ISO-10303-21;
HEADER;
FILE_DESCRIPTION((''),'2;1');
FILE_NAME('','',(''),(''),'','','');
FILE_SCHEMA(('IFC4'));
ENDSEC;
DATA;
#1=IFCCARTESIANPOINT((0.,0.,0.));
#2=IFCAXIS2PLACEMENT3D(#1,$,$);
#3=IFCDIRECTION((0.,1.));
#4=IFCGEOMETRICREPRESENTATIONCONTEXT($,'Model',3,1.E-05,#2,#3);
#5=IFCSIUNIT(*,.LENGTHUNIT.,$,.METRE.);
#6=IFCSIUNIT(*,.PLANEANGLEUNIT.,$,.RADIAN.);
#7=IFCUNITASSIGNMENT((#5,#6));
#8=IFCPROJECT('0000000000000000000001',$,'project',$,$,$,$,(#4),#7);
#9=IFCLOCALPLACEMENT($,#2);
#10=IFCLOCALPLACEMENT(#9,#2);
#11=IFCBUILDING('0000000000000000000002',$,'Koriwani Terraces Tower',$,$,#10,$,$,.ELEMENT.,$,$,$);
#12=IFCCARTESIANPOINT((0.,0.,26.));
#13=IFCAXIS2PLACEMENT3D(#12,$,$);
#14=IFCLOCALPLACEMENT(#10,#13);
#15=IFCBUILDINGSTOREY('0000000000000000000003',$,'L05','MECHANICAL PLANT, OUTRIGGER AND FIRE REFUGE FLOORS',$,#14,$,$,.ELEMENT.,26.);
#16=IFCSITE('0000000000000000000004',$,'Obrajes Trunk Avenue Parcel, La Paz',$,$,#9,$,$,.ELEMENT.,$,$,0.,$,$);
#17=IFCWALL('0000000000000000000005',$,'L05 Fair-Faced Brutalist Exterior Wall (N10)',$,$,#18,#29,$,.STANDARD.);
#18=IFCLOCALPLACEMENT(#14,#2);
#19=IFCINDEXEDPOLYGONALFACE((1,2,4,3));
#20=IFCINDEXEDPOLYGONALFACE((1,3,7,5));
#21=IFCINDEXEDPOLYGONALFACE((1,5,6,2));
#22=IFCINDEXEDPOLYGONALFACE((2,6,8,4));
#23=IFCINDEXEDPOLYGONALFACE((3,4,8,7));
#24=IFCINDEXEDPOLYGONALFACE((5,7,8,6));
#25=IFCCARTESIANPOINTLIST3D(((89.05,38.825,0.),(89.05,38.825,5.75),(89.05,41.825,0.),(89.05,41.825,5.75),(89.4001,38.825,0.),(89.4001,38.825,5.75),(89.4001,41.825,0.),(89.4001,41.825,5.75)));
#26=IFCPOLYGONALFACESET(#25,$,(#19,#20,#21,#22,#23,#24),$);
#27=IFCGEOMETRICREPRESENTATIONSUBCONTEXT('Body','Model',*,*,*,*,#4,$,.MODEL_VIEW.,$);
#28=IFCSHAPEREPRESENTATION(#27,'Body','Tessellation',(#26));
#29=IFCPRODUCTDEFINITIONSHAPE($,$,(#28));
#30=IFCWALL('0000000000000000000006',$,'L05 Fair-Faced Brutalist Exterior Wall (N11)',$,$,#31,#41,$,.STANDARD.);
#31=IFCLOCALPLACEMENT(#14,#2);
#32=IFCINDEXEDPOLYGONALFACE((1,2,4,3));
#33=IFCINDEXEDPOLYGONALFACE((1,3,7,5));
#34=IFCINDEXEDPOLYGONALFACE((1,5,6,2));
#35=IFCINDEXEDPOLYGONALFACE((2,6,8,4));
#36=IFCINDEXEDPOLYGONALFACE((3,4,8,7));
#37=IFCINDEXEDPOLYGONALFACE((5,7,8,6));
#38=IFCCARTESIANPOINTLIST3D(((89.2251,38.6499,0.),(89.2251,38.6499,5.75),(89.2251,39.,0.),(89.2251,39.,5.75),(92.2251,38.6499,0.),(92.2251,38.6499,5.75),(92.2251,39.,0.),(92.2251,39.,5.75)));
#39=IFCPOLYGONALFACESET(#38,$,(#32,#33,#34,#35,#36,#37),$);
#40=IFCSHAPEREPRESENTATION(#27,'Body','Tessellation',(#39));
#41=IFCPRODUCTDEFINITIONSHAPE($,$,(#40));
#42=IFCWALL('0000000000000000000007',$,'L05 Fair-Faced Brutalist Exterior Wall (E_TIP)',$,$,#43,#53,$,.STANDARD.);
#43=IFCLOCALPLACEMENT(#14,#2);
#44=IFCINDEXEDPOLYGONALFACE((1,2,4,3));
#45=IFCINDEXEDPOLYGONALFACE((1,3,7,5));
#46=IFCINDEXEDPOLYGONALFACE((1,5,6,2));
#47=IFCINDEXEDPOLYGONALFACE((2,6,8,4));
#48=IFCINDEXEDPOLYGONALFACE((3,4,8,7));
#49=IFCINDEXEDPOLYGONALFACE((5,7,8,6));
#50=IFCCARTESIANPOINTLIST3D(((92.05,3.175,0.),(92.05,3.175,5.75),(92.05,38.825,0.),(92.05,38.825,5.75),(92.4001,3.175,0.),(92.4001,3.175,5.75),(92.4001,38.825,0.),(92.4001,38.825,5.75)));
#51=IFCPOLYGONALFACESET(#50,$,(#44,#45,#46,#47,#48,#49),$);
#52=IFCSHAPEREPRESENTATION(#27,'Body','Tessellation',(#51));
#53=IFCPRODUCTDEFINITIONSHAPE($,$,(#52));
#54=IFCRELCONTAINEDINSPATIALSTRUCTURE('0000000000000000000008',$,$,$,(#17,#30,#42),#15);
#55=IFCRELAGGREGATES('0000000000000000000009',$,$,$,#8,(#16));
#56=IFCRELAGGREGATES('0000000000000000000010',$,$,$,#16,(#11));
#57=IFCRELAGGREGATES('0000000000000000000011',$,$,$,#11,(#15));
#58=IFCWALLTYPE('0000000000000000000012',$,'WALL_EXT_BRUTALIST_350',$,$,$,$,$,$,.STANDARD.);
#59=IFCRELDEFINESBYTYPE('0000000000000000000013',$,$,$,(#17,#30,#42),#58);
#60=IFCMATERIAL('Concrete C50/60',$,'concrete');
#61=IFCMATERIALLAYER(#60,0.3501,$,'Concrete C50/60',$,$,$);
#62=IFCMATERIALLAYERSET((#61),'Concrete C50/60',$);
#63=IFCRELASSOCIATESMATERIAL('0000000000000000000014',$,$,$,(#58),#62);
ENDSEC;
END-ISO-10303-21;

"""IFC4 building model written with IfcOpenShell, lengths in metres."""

from ifc_helpers import new_model, si_unit, direction, frame, frame_2d, origin, place, context, subcontext, project, spatial, rectangle, extrude, material, layer, layer_set, type_object, element, save


model = new_model("IFC4")

# Units and contexts
model_context = context("Model", 3, precision=1e-05, world=origin(), true_north=direction((0.0, 1.0)))
body_context = subcontext(model_context, "Body", "Model", "MODEL_VIEW")
ifc_project = project(units=[si_unit("LENGTHUNIT", "METRE"), si_unit("PLANEANGLEUNIT", "RADIAN")], contexts=[model_context])

# Site, building, storey
site_placement = place(None, origin())
site = spatial("IfcSite", under=ifc_project, at=site_placement, Name="Obrajes Trunk Avenue Parcel, La Paz", CompositionType="ELEMENT", RefElevation=0.0)
building_placement = place(site_placement, origin())
building = spatial("IfcBuilding", under=site, at=building_placement, Name="Koriwani Terraces Tower", CompositionType="ELEMENT")
storey_placement = place(building_placement, frame((0.0, 0.0, 26.0)))
storey = spatial("IfcBuildingStorey", under=building, at=storey_placement, Name="L05", Description="MECHANICAL PLANT, OUTRIGGER AND FIRE REFUGE FLOORS", CompositionType="ELEMENT", Elevation=26.0)

# Walls
ifc_material_1 = material(Name="Concrete C50/60", Category="concrete")
ifc_layer = layer(ifc_material_1, 0.3501, Name="Concrete C50/60")
ifc_layer_set = layer_set([ifc_layer], Name="Concrete C50/60")
wall_type = type_object("IfcWallType", Name="WALL_EXT_BRUTALIST_350", PredefinedType="STANDARD", material=ifc_layer_set)
for number, where, z_axis, x_axis, name in (
    (1, (89.2251, 41.825, 0.0), (0.0, 0.0, 1.0), (0.0, -1.0, 0.0), "L05 Fair-Faced Brutalist Exterior Wall (N10)"),
    (2, (89.2251, 38.825, 0.0), (0.0, 0.0, 1.0), (1.0, 0.0, 0.0), "L05 Fair-Faced Brutalist Exterior Wall (N11)"),
):
    element("IfcWall", number, at=place(storey_placement, frame(where, z_axis=z_axis, x_axis=x_axis)), inside=storey, type_object=wall_type, Name=name, PredefinedType="STANDARD", context=body_context, shape_type="SweptSolid", body=[
        extrude(rectangle(XDim=3.0, YDim=0.3501, at=frame_2d((1.5, 0.0))), origin(), (0.0, 0.0, 1.0), 5.75),
    ])
wall_placement = place(storey_placement, frame((92.2251, 38.825, 0.0), z_axis=(0.0, 0.0, 1.0), x_axis=(0.0, -1.0, 0.0)))
element("IfcWall", 3, at=wall_placement, inside=storey, type_object=wall_type, Name="L05 Fair-Faced Brutalist Exterior Wall (E_TIP)", PredefinedType="STANDARD", context=body_context, shape_type="SweptSolid", body=[
    extrude(rectangle(XDim=35.6499, YDim=0.3501, at=frame_2d((17.825, 0.0))), origin(), (0.0, 0.0, 1.0), 5.75),
])

save(model, "model.ifc")
